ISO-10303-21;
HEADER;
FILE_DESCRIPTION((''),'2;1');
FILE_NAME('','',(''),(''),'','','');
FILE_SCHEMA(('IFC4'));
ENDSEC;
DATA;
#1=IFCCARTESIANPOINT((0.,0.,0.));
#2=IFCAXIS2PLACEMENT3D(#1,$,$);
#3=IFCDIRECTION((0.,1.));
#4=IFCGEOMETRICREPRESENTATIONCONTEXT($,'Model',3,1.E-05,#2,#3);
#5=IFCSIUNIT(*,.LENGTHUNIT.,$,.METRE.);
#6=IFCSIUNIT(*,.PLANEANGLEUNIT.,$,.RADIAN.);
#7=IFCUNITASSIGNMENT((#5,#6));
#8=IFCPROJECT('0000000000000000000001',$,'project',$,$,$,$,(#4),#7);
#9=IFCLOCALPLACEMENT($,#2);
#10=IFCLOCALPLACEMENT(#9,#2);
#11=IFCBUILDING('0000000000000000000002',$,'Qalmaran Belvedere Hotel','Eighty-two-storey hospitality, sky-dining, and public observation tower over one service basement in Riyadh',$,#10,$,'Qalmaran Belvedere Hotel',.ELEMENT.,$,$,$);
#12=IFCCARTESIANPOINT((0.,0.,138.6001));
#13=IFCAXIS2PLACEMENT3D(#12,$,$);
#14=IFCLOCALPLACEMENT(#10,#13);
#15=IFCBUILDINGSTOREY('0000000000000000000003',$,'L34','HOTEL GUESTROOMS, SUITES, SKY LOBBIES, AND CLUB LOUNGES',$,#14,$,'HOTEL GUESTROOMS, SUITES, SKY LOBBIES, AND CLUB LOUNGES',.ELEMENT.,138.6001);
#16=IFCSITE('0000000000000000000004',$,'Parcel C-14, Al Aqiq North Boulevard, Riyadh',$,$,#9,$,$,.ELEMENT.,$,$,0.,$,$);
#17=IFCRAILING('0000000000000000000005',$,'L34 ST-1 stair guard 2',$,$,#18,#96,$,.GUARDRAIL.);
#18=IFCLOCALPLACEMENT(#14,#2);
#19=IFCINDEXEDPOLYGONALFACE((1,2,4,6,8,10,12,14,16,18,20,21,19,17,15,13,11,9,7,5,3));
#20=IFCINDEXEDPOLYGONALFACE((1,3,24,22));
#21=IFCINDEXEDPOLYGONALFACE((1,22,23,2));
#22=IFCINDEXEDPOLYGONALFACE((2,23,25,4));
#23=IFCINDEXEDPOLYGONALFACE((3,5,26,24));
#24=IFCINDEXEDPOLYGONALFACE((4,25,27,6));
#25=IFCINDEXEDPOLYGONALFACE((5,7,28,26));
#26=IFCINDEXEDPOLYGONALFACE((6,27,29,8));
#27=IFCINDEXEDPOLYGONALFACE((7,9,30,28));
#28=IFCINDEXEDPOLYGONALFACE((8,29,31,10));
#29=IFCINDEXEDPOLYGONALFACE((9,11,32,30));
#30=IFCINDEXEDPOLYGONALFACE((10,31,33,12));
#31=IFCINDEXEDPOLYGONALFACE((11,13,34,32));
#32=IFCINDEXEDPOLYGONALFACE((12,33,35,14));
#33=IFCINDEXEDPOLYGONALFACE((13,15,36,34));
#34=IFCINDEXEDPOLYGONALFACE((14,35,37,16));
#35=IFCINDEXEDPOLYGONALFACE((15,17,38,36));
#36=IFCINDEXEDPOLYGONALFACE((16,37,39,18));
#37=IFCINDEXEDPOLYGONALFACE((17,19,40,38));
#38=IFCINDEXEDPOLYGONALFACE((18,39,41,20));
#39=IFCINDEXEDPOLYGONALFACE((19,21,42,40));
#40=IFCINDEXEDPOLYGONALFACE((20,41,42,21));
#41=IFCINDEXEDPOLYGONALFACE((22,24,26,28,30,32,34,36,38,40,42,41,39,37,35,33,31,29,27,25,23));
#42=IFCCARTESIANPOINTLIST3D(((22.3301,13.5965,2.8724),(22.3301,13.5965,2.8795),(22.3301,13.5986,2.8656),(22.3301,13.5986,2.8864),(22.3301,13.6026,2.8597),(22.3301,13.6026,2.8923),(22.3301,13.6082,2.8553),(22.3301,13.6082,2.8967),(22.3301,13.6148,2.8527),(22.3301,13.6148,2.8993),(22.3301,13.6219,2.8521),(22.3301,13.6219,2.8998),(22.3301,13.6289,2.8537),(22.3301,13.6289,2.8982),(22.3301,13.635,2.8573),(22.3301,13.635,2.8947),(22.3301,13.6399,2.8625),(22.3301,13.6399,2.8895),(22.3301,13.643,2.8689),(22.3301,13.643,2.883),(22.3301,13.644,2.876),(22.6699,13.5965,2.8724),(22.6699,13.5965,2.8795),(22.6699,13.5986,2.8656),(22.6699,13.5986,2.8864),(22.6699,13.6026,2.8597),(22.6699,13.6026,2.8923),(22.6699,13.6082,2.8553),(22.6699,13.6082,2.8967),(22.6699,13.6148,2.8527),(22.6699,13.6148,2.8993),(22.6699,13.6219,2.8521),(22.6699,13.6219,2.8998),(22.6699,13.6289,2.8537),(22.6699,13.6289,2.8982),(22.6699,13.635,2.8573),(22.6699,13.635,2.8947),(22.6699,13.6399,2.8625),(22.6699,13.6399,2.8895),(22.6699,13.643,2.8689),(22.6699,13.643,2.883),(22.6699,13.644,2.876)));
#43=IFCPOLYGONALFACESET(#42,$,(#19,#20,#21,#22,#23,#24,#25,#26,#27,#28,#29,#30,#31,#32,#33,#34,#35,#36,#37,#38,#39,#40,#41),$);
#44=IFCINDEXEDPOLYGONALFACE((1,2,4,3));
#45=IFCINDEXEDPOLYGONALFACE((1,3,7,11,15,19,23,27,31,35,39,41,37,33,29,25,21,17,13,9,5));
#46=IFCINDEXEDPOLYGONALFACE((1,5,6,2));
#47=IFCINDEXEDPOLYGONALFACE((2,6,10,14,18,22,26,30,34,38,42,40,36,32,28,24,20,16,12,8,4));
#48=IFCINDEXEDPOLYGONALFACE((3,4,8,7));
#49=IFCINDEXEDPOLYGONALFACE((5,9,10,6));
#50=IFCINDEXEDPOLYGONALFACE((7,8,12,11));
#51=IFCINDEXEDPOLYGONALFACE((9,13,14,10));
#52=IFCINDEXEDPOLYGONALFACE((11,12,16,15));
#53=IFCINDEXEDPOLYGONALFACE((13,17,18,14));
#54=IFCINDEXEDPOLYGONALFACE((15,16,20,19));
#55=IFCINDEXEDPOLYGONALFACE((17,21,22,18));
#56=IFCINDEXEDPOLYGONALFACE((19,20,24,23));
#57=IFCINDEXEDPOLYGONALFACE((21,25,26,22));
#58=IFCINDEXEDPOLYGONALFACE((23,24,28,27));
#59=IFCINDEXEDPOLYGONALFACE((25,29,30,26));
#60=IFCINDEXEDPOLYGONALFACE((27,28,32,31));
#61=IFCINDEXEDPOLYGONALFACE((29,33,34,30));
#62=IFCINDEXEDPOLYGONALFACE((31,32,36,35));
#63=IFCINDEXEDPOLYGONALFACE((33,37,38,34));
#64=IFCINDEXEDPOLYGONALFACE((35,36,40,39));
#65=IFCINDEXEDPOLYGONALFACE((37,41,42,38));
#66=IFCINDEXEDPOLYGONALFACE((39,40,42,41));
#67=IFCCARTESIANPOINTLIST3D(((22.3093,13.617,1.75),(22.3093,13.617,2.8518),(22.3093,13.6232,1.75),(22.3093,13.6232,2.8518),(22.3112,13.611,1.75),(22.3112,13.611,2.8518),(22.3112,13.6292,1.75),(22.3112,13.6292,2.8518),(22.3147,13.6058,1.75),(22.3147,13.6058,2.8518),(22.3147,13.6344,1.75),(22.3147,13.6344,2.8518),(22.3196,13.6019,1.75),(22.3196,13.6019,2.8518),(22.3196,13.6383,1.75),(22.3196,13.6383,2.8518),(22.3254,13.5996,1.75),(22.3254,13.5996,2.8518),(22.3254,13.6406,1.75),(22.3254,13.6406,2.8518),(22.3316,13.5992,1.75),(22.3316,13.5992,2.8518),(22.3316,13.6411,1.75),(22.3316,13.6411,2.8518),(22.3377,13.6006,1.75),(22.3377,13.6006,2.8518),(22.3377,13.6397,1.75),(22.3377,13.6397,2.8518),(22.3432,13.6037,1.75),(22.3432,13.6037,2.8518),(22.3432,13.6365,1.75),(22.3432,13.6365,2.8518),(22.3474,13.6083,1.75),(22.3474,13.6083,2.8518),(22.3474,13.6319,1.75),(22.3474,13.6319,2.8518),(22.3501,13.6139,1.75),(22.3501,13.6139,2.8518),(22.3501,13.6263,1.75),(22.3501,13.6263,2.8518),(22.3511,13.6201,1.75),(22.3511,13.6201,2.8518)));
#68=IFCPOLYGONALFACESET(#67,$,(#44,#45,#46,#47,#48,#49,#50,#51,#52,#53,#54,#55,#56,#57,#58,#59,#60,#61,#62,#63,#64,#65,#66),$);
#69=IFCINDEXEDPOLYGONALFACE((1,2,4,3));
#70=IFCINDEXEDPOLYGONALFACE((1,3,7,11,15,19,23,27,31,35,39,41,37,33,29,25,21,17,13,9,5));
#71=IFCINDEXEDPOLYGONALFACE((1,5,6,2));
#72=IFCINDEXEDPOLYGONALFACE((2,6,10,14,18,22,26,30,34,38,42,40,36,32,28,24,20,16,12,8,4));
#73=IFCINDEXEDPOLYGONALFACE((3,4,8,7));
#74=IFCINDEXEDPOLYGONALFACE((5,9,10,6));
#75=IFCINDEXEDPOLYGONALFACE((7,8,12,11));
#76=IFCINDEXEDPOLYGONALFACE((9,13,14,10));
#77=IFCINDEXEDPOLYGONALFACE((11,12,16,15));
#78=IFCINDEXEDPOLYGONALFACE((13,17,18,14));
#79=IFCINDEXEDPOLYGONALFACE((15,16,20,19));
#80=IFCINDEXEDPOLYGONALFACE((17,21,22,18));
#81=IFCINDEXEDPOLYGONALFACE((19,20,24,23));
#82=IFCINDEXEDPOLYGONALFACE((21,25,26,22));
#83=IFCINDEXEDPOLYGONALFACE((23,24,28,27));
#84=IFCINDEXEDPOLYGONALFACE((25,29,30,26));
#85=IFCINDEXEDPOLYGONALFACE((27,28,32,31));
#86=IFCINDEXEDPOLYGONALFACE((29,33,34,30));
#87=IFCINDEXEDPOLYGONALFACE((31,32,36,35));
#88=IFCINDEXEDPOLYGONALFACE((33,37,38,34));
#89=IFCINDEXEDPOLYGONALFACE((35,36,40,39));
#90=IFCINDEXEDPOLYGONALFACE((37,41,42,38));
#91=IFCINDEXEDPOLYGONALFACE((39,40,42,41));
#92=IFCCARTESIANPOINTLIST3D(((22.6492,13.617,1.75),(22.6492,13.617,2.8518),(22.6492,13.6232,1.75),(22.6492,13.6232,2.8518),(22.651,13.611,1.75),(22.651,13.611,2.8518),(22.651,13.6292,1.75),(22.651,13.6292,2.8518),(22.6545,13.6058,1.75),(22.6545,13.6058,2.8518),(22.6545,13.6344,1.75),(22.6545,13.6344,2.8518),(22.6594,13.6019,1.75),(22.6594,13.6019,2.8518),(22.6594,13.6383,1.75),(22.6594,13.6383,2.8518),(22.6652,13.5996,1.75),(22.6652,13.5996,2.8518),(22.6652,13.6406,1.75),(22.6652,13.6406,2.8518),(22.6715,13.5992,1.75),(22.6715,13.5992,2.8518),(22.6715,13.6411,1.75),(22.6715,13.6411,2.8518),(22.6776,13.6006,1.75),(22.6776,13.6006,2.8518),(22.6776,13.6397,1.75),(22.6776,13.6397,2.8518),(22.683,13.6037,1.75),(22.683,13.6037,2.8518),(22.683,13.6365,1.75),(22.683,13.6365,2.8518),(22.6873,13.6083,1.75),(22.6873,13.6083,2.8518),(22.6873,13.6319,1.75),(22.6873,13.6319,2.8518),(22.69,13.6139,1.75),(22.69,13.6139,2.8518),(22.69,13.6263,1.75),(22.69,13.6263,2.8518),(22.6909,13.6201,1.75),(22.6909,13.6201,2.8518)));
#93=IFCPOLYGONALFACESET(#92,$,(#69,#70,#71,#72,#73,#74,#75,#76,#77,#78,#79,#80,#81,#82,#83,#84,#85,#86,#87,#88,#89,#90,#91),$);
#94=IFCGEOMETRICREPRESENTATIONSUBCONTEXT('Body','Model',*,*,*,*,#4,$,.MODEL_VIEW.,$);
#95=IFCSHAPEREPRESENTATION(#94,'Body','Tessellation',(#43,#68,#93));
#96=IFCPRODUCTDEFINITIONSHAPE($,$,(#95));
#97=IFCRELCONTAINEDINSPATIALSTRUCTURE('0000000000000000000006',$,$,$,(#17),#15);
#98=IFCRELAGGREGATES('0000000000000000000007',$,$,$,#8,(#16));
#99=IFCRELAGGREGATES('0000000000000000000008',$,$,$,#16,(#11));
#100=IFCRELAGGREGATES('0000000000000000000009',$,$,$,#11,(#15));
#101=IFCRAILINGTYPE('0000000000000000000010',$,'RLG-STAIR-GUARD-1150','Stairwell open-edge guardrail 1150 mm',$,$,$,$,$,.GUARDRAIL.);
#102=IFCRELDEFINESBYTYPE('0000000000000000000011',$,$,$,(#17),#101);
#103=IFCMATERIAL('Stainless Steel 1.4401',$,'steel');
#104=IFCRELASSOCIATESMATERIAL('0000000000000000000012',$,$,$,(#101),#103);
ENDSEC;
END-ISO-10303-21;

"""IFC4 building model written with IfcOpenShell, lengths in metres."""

from ifc_helpers import new_model, si_unit, direction, frame, origin, origin_2d, place, context, subcontext, project, spatial, circle, extrude, material, type_object, element, save


model = new_model("IFC4")

# Units and contexts
model_context = context("Model", 3, precision=1e-05, world=origin(), true_north=direction((0.0, 1.0)))
body_context = subcontext(model_context, "Body", "Model", "MODEL_VIEW")
ifc_project = project(units=[si_unit("LENGTHUNIT", "METRE"), si_unit("PLANEANGLEUNIT", "RADIAN")], contexts=[model_context])

# Site, building, storey
site_placement = place(None, origin())
site = spatial("IfcSite", under=ifc_project, at=site_placement, Name="Parcel C-14, Al Aqiq North Boulevard, Riyadh", CompositionType="ELEMENT", RefElevation=0.0)
building_placement = place(site_placement, origin())
building = spatial("IfcBuilding", under=site, at=building_placement, Name="Qalmaran Belvedere Hotel", Description="Eighty-two-storey hospitality, sky-dining, and public observation tower over one service basement in Riyadh", LongName="Qalmaran Belvedere Hotel", CompositionType="ELEMENT")
storey_placement = place(building_placement, frame((0.0, 0.0, 138.6001)))
storey = spatial("IfcBuildingStorey", under=building, at=storey_placement, Name="L34", Description="HOTEL GUESTROOMS, SUITES, SKY LOBBIES, AND CLUB LOUNGES", LongName="HOTEL GUESTROOMS, SUITES, SKY LOBBIES, AND CLUB LOUNGES", CompositionType="ELEMENT", Elevation=138.6001)

# Shared definitions
ifc_material_1 = material(Name="Stainless Steel 1.4401", Category="steel")

# Railing
railing_type_1 = type_object("IfcRailingType", Name="RLG-STAIR-GUARD-1150", Description="Stairwell open-edge guardrail 1150 mm", PredefinedType="GUARDRAIL", material=ifc_material_1)
railing_1_placement = place(storey_placement, frame((22.3301, 13.6201, 1.75)))
element("IfcRailing", 1, at=railing_1_placement, inside=storey, type_object=railing_type_1, Name="L34 ST-1 stair guard 2", PredefinedType="GUARDRAIL", context=body_context, shape_type="SweptSolid", body=[
    extrude(circle(Radius=0.0239, at=origin_2d()), frame((0.0, 0.0, 1.126), z_axis=(1.0, 0.0, 0.0), x_axis=(0.0, 1.0, 0.0)), (0.0, 0.0, 1.0), 0.3398),
    extrude(circle(Radius=0.021, at=origin_2d()), origin(), (0.0, 0.0, 1.0), 1.1018),
    extrude(circle(Radius=0.021, at=origin_2d()), frame((0.3398, 0.0, 0.0)), (0.0, 0.0, 1.0), 1.1018),
])

save(model, "model.ifc")
